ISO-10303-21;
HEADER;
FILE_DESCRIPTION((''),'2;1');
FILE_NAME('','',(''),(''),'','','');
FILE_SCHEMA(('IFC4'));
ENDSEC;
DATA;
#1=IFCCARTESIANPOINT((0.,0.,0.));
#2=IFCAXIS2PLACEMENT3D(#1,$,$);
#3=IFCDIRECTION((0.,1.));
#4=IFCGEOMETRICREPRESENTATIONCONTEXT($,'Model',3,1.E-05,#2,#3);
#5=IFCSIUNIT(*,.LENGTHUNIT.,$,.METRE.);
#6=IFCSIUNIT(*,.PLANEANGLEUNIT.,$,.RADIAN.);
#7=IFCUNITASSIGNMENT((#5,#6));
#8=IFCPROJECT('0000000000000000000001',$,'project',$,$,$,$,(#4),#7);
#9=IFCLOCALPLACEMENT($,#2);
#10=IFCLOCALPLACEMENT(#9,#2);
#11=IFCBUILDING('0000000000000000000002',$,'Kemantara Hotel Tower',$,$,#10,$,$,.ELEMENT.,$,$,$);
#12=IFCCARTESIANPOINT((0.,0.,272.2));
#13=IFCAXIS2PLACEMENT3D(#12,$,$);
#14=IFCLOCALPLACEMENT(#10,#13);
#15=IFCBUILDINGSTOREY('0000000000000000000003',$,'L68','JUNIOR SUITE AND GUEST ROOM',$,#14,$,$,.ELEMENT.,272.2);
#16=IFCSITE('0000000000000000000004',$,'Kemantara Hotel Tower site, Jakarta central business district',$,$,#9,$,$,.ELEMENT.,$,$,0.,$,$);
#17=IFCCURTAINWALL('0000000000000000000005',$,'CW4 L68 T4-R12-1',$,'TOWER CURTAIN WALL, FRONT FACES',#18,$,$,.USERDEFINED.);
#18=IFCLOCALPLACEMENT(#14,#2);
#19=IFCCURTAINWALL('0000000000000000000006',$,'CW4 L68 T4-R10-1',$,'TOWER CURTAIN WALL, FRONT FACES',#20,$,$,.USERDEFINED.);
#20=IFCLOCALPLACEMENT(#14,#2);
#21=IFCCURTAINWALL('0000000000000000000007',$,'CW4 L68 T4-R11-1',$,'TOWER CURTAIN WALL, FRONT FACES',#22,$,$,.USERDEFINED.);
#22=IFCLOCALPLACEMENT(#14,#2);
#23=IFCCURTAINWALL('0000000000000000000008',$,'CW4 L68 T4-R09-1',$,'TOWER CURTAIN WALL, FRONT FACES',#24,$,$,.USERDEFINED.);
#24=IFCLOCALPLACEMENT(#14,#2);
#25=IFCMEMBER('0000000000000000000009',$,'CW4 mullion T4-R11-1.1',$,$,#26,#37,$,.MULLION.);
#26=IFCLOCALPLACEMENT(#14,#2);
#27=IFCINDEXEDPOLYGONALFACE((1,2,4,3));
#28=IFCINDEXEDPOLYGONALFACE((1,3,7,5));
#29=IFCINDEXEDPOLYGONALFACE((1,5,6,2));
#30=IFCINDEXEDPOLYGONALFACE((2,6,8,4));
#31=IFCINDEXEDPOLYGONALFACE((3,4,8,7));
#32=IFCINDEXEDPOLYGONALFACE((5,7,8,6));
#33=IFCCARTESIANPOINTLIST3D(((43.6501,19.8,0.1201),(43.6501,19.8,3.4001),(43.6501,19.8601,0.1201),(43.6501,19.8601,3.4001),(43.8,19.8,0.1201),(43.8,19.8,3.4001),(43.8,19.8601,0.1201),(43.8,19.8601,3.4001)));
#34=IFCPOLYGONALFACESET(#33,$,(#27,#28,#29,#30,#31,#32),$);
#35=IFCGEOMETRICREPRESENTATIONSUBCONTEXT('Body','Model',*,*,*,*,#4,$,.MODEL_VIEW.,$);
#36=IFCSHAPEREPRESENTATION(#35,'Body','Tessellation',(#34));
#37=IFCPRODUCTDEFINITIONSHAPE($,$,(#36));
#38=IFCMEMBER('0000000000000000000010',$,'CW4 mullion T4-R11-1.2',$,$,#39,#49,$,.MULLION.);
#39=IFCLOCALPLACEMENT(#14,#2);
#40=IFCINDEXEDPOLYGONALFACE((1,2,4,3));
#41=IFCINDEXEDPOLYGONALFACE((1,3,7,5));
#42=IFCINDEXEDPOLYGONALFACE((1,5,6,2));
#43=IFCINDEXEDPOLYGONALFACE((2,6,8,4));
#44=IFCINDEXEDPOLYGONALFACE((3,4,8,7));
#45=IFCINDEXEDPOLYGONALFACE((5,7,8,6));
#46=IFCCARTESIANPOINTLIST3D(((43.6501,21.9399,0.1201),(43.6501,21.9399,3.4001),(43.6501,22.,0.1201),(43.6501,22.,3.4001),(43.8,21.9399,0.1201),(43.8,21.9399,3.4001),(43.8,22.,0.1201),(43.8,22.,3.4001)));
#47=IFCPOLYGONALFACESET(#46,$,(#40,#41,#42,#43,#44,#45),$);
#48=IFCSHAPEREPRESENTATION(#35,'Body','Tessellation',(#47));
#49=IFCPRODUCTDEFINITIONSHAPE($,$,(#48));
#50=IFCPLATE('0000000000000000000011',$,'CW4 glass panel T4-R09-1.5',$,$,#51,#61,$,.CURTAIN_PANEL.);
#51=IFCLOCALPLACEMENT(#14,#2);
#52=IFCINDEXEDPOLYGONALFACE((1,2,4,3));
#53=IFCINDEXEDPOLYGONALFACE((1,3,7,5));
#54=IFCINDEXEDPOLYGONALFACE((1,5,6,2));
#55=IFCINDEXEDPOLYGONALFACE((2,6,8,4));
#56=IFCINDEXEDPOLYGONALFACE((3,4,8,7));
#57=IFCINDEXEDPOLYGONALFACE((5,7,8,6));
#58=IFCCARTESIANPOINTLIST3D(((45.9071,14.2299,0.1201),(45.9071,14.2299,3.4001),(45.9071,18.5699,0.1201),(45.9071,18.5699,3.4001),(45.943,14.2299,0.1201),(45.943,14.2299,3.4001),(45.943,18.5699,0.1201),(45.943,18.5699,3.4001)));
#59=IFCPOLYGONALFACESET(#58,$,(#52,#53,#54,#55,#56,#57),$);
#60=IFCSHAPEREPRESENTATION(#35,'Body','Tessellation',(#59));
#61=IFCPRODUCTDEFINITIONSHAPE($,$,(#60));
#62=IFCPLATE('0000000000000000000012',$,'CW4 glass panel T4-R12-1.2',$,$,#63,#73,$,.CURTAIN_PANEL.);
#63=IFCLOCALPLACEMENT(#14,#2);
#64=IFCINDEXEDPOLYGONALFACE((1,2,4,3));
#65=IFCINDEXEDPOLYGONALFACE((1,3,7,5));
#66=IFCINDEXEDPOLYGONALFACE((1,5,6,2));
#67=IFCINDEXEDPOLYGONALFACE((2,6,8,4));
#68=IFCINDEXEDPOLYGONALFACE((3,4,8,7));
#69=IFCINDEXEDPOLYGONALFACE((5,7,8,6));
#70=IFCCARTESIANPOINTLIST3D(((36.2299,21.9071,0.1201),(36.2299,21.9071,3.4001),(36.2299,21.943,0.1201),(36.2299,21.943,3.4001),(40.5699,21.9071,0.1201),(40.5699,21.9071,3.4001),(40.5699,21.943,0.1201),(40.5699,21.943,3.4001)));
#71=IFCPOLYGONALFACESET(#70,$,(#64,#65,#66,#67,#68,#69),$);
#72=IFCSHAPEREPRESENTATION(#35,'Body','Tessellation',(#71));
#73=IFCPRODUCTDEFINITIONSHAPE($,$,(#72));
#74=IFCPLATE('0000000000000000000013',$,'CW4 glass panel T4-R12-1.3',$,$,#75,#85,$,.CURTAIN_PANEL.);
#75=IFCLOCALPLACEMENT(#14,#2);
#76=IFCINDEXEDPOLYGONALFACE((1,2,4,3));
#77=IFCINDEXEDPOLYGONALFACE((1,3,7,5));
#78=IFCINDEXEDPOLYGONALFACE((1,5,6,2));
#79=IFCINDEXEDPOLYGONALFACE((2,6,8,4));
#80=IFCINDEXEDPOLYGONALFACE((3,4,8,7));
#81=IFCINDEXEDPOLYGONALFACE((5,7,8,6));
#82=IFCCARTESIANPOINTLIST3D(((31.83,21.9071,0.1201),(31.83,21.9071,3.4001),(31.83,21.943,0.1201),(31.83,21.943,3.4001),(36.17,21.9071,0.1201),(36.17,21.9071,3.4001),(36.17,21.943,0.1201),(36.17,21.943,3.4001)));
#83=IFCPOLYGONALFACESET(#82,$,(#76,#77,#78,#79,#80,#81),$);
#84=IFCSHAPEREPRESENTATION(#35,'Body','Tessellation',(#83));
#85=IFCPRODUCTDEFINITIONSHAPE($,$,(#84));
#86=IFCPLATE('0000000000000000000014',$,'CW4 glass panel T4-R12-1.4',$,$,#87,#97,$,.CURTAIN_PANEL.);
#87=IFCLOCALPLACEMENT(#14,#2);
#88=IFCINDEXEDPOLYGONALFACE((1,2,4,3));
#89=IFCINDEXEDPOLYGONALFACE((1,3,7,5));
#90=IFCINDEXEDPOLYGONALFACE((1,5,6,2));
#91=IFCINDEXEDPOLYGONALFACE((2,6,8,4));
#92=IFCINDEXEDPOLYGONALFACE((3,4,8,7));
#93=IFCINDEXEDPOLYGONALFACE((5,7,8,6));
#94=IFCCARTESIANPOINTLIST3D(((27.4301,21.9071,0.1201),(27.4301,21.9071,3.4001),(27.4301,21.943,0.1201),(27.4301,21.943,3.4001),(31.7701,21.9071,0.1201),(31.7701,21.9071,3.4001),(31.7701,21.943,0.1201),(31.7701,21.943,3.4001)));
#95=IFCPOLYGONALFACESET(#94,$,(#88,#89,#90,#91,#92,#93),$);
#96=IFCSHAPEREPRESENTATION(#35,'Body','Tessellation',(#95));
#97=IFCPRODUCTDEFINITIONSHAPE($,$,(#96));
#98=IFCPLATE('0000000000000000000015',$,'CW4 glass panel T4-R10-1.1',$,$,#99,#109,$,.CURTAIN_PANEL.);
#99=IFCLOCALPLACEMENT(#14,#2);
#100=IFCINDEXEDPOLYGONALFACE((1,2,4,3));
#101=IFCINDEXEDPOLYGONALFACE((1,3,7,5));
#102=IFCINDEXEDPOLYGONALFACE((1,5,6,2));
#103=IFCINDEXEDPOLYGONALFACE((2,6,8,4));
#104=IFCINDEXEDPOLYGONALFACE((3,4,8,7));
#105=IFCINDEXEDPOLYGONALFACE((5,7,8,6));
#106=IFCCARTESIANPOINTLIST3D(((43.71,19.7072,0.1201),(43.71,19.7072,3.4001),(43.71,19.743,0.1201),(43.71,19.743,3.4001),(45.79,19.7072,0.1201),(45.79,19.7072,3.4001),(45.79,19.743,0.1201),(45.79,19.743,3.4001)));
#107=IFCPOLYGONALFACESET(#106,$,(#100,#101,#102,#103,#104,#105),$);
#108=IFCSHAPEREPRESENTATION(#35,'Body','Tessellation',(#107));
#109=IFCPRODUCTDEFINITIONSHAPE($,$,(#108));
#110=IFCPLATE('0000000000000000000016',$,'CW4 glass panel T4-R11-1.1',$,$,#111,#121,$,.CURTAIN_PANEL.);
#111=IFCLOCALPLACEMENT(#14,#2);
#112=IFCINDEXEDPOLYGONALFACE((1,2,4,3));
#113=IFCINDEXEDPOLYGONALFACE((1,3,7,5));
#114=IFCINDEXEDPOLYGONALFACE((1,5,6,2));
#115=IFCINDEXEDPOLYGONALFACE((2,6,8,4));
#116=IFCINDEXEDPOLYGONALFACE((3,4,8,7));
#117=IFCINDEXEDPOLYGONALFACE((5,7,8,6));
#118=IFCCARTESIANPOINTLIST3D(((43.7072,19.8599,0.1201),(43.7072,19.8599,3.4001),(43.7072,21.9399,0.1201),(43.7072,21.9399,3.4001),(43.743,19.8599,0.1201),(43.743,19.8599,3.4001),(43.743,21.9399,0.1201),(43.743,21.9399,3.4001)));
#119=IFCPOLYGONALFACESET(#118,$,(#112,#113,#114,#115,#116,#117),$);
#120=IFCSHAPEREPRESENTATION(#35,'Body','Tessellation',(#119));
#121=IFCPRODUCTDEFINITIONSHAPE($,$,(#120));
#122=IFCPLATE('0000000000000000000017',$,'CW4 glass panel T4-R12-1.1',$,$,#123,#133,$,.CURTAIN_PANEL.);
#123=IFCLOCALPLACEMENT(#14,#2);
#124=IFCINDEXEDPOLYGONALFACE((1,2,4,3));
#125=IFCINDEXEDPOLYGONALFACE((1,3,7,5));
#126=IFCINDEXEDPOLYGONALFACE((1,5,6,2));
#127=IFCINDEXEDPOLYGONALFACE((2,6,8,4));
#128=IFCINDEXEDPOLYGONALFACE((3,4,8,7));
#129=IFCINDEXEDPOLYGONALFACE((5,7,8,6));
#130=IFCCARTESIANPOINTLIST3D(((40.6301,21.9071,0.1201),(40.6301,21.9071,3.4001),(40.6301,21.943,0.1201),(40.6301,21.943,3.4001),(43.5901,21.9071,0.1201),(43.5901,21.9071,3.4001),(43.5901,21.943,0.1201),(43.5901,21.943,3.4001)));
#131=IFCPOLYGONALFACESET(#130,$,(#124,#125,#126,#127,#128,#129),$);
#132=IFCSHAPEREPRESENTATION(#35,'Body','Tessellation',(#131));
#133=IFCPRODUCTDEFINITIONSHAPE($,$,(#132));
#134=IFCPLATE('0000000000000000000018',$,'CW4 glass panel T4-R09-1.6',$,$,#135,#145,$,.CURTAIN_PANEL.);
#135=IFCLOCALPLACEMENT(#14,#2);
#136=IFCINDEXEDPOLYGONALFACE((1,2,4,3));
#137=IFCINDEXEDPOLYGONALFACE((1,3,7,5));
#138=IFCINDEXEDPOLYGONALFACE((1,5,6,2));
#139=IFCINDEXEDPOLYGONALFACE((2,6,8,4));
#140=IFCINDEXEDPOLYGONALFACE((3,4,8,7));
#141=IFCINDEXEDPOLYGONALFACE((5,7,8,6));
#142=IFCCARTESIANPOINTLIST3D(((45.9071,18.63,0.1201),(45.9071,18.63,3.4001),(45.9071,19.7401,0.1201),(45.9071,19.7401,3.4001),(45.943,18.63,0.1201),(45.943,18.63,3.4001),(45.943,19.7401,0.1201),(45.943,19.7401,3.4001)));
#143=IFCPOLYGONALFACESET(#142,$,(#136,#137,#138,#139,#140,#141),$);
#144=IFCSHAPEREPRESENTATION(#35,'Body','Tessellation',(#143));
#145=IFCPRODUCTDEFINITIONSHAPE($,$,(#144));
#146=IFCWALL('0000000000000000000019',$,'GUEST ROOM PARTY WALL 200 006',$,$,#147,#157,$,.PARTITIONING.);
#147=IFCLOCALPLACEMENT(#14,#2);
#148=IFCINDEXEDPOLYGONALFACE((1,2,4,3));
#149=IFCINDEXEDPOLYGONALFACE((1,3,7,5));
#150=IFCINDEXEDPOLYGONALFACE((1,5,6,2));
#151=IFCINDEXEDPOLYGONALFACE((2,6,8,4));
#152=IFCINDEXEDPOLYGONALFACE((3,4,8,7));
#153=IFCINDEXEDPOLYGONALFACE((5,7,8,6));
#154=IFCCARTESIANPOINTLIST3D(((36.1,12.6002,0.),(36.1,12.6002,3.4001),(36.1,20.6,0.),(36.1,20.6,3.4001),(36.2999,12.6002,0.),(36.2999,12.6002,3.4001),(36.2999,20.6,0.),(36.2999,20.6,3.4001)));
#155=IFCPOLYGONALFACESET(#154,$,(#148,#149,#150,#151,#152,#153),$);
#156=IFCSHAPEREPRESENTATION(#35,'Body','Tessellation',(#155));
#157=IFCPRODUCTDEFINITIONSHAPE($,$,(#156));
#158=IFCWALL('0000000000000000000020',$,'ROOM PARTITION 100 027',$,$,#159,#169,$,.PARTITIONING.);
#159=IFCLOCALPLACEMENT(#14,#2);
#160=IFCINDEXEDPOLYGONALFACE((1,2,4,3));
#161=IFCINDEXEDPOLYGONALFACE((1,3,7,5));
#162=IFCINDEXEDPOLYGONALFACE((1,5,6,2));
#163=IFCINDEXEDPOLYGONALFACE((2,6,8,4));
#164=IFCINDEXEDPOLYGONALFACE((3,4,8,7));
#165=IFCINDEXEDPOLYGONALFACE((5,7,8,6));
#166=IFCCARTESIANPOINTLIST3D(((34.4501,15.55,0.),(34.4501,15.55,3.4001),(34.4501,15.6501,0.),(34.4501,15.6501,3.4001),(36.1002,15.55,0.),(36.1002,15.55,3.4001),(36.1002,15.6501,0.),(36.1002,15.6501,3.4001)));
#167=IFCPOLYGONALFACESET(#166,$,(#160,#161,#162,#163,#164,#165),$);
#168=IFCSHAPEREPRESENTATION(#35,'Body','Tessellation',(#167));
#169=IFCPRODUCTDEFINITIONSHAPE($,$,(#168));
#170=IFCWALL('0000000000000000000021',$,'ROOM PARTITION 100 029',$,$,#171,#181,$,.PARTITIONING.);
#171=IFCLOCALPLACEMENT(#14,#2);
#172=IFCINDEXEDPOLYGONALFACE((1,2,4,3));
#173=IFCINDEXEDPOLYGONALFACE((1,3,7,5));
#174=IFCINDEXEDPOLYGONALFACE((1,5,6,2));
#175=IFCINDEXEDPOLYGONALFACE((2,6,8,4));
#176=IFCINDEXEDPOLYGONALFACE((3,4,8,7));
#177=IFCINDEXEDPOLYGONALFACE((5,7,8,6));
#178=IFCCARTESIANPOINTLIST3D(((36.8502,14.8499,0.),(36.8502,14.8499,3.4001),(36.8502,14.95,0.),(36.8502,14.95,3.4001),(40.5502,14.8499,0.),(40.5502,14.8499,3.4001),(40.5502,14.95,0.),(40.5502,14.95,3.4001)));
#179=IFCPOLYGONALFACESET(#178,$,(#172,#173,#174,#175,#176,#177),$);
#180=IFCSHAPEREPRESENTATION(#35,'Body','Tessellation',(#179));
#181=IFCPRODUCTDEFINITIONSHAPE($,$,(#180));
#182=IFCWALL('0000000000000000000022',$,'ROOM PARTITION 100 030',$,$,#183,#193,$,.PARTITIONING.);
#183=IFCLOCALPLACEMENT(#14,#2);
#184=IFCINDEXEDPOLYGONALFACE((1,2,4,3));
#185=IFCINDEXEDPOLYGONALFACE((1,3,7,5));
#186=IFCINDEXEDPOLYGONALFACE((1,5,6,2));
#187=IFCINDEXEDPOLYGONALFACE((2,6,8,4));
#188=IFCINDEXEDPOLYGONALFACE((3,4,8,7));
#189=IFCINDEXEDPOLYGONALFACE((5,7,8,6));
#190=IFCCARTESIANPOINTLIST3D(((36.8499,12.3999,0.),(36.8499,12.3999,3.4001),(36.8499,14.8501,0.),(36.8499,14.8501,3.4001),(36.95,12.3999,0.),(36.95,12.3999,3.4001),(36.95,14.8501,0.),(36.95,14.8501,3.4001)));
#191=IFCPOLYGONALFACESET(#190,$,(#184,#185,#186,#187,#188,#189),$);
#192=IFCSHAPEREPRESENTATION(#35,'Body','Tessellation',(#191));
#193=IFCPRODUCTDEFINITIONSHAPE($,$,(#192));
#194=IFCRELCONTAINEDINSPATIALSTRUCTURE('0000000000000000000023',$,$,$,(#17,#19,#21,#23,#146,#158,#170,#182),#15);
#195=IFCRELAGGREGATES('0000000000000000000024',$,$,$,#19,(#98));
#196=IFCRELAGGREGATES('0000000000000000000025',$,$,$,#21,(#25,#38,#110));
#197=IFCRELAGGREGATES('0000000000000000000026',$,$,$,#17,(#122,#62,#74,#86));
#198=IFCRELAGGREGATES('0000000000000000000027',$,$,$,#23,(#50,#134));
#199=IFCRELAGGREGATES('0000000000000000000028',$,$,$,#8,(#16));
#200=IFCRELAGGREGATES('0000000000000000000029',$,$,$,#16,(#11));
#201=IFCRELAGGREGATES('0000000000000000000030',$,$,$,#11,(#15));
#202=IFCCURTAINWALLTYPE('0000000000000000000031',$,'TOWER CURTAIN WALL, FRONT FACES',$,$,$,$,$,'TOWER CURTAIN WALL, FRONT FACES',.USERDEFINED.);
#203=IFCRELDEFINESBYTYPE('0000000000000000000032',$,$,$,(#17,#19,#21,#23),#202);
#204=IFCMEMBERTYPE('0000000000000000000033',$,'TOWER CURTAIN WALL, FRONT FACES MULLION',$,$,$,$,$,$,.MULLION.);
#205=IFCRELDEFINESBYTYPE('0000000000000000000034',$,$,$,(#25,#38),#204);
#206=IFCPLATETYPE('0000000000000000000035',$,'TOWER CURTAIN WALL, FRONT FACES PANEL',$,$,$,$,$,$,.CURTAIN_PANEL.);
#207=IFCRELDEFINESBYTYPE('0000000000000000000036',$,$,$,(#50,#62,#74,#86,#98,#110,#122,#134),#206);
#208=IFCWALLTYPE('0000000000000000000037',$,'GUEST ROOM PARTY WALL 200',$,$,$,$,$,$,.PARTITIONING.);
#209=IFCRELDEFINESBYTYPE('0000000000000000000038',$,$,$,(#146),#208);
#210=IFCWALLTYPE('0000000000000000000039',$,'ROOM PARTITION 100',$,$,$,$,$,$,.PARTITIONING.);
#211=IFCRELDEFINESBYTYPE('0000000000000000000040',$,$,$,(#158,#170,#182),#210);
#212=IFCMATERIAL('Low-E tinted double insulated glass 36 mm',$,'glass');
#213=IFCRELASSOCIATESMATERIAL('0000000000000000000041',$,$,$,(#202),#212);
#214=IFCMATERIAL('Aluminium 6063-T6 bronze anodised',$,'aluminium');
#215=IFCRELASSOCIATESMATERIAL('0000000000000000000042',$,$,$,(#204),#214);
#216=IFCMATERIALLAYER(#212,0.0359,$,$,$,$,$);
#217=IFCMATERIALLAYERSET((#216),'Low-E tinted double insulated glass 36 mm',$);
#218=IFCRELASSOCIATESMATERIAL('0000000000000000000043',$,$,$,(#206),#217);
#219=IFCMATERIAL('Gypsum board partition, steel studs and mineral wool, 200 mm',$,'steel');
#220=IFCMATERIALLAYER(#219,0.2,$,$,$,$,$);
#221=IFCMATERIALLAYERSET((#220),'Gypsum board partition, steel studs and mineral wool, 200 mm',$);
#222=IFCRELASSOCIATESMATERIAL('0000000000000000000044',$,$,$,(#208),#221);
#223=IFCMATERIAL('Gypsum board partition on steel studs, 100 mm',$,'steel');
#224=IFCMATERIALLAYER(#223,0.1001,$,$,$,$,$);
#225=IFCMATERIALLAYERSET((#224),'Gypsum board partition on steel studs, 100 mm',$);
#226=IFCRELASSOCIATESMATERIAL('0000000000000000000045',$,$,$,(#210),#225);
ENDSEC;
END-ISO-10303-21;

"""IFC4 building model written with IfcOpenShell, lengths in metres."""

from ifc_helpers import new_model, si_unit, direction, frame, frame_2d, origin, origin_2d, place, context, subcontext, project, spatial, rectangle, extrude, source, transform, mapped, material, layer, layer_set, material_profile, profile_set, type_object, element, aggregate, save


model = new_model("IFC4")

# Units and contexts
model_context = context("Model", 3, precision=1e-05, world=origin(), true_north=direction((0.0, 1.0)))
body_context = subcontext(model_context, "Body", "Model", "MODEL_VIEW")
ifc_project = project(units=[si_unit("LENGTHUNIT", "METRE"), si_unit("PLANEANGLEUNIT", "RADIAN")], contexts=[model_context])

# Site, building, storey
site_placement = place(None, origin())
site = spatial("IfcSite", under=ifc_project, at=site_placement, Name="Kemantara Hotel Tower site, Jakarta central business district", CompositionType="ELEMENT", RefElevation=0.0)
building_placement = place(site_placement, origin())
building = spatial("IfcBuilding", under=site, at=building_placement, Name="Kemantara Hotel Tower", CompositionType="ELEMENT")
storey_placement = place(building_placement, frame((0.0, 0.0, 272.2)))
storey = spatial("IfcBuildingStorey", under=building, at=storey_placement, Name="L68", Description="JUNIOR SUITE AND GUEST ROOM", CompositionType="ELEMENT", Elevation=272.2)

# Curtain walls
ifc_material_1 = material(Name="Low-E tinted double insulated glass 36 mm", Category="glass")
curtain_wall_type = type_object("IfcCurtainWallType", Name="TOWER CURTAIN WALL, FRONT FACES", ElementType="TOWER CURTAIN WALL, FRONT FACES", PredefinedType="USERDEFINED", material=ifc_material_1)
curtain_wall_1_placement = place(storey_placement, origin())
curtain_wall_1 = element("IfcCurtainWall", 1, at=curtain_wall_1_placement, inside=storey, type_object=curtain_wall_type, Name="CW4 L68 T4-R12-1", ObjectType="TOWER CURTAIN WALL, FRONT FACES", PredefinedType="USERDEFINED")
ifc_material_2 = material(Name="Aluminium 6063-T6 bronze anodised", Category="aluminium")
curtain_wall_2_placement = place(storey_placement, origin())
curtain_wall_2 = element("IfcCurtainWall", 2, at=curtain_wall_2_placement, inside=storey, type_object=curtain_wall_type, Name="CW4 L68 T4-R10-1", ObjectType="TOWER CURTAIN WALL, FRONT FACES", PredefinedType="USERDEFINED")
curtain_wall_3_placement = place(storey_placement, origin())
curtain_wall_3 = element("IfcCurtainWall", 3, at=curtain_wall_3_placement, inside=storey, type_object=curtain_wall_type, Name="CW4 L68 T4-R11-1", ObjectType="TOWER CURTAIN WALL, FRONT FACES", PredefinedType="USERDEFINED")

# Curtain wall
curtain_wall_4_placement = place(storey_placement, origin())
curtain_wall_4 = element("IfcCurtainWall", 4, at=curtain_wall_4_placement, inside=storey, type_object=curtain_wall_type, Name="CW4 L68 T4-R09-1", ObjectType="TOWER CURTAIN WALL, FRONT FACES", PredefinedType="USERDEFINED")
ifc_material_profile_1 = material_profile(ifc_material_2, rectangle(XDim=0.1499, YDim=0.0601, at=origin_2d()), Name="TOWER CURTAIN WALL, FRONT FACES MULLION")
ifc_profile_set_1 = profile_set([ifc_material_profile_1], Name="Aluminium 6063-T6 bronze anodised")
member_type_1 = type_object("IfcMemberType", Name="TOWER CURTAIN WALL, FRONT FACES MULLION", PredefinedType="MULLION", material=ifc_profile_set_1)
shared_shape_1 = source(origin(), body_context, "Body", "SweptSolid", [
    extrude(rectangle(XDim=0.1499, YDim=0.0601, at=origin_2d()), origin(), (0.0, 0.0, 1.0), 3.28),
])

# Members
member_1_placement = place(storey_placement, frame((43.7251, 19.8301, 0.1201), z_axis=(0.0, 0.0, 1.0), x_axis=(-1.0, 0.0, 0.0)))
member_1 = element("IfcMember", 5, at=member_1_placement, type_object=member_type_1, Name="CW4 mullion T4-R11-1.1", PredefinedType="MULLION", context=body_context, shape_type="MappedRepresentation", body=[
    mapped(shared_shape_1, transform((0.0, 0.0, 0.0))),
])
member_2_placement = place(storey_placement, frame((43.7251, 21.97, 0.1201), z_axis=(0.0, 0.0, 1.0), x_axis=(-1.0, 0.0, 0.0)))
member_2 = element("IfcMember", 6, at=member_2_placement, type_object=member_type_1, Name="CW4 mullion T4-R11-1.2", PredefinedType="MULLION", context=body_context, shape_type="MappedRepresentation", body=[
    mapped(shared_shape_1, transform((0.0, 0.0, 0.0))),
])

# Plates
ifc_layer_1 = layer(ifc_material_1, 0.0359)
ifc_layer_set_1 = layer_set([ifc_layer_1], Name="Low-E tinted double insulated glass 36 mm")
plate_type = type_object("IfcPlateType", Name="TOWER CURTAIN WALL, FRONT FACES PANEL", PredefinedType="CURTAIN_PANEL", material=ifc_layer_set_1)
shared_shape_2 = source(origin(), body_context, "Body", "SweptSolid", [
    extrude(rectangle(XDim=4.3401, YDim=0.0359, at=origin_2d()), origin(), (0.0, 0.0, 1.0), 3.28),
])
plate_1_placement = place(storey_placement, frame((45.925, 16.3999, 0.1201), z_axis=(0.0, 0.0, 1.0), x_axis=(0.0, 1.0, 0.0)))
plate_1 = element("IfcPlate", 7, at=plate_1_placement, type_object=plate_type, Name="CW4 glass panel T4-R09-1.5", PredefinedType="CURTAIN_PANEL", context=body_context, shape_type="MappedRepresentation", body=[
    mapped(shared_shape_2, transform((0.0, 0.0, 0.0))),
])
plate_2_placement = place(storey_placement, frame((38.3999, 21.925, 0.1201), z_axis=(0.0, 0.0, 1.0), x_axis=(-1.0, 0.0, 0.0)))
plate_2 = element("IfcPlate", 8, at=plate_2_placement, type_object=plate_type, Name="CW4 glass panel T4-R12-1.2", PredefinedType="CURTAIN_PANEL", context=body_context, shape_type="MappedRepresentation", body=[
    mapped(shared_shape_2, transform((0.0, 0.0, 0.0))),
])
plate_3_placement = place(storey_placement, frame((34.0, 21.925, 0.1201), z_axis=(0.0, 0.0, 1.0), x_axis=(-1.0, 0.0, 0.0)))
plate_3 = element("IfcPlate", 9, at=plate_3_placement, type_object=plate_type, Name="CW4 glass panel T4-R12-1.3", PredefinedType="CURTAIN_PANEL", context=body_context, shape_type="MappedRepresentation", body=[
    mapped(shared_shape_2, transform((0.0, 0.0, 0.0))),
])
plate_4_placement = place(storey_placement, frame((29.6001, 21.925, 0.1201), z_axis=(0.0, 0.0, 1.0), x_axis=(-1.0, 0.0, 0.0)))
plate_4 = element("IfcPlate", 10, at=plate_4_placement, type_object=plate_type, Name="CW4 glass panel T4-R12-1.4", PredefinedType="CURTAIN_PANEL", context=body_context, shape_type="MappedRepresentation", body=[
    mapped(shared_shape_2, transform((0.0, 0.0, 0.0))),
])
shared_shape_3 = source(origin(), body_context, "Body", "SweptSolid", [
    extrude(rectangle(XDim=2.0801, YDim=0.0359, at=origin_2d()), origin(), (0.0, 0.0, 1.0), 3.28),
])
plate_5_placement = place(storey_placement, frame((44.75, 19.7251, 0.1201), z_axis=(0.0, 0.0, 1.0), x_axis=(-1.0, 0.0, 0.0)))
plate_5 = element("IfcPlate", 11, at=plate_5_placement, type_object=plate_type, Name="CW4 glass panel T4-R10-1.1", PredefinedType="CURTAIN_PANEL", context=body_context, shape_type="MappedRepresentation", body=[
    mapped(shared_shape_3, transform((0.0, 0.0, 0.0))),
])
aggregate(curtain_wall_2, [plate_5])
plate_6_placement = place(storey_placement, frame((43.7251, 20.8999, 0.1201), z_axis=(0.0, 0.0, 1.0), x_axis=(0.0, 1.0, 0.0)))
plate_6 = element("IfcPlate", 12, at=plate_6_placement, type_object=plate_type, Name="CW4 glass panel T4-R11-1.1", PredefinedType="CURTAIN_PANEL", context=body_context, shape_type="MappedRepresentation", body=[
    mapped(shared_shape_3, transform((0.0, 0.0, 0.0))),
])
aggregate(curtain_wall_3, [member_1, member_2, plate_6])
shared_shape_4 = source(origin(), body_context, "Body", "SweptSolid", [
    extrude(rectangle(XDim=2.96, YDim=0.0359, at=origin_2d()), origin(), (0.0, 0.0, 1.0), 3.28),
])
plate_7_placement = place(storey_placement, frame((42.1101, 21.925, 0.1201), z_axis=(0.0, 0.0, 1.0), x_axis=(-1.0, 0.0, 0.0)))
plate_7 = element("IfcPlate", 13, at=plate_7_placement, type_object=plate_type, Name="CW4 glass panel T4-R12-1.1", PredefinedType="CURTAIN_PANEL", context=body_context, shape_type="MappedRepresentation", body=[
    mapped(shared_shape_4, transform((0.0, 0.0, 0.0))),
])
aggregate(curtain_wall_1, [plate_7, plate_2, plate_3, plate_4])
shared_shape_5 = source(origin(), body_context, "Body", "SweptSolid", [
    extrude(rectangle(XDim=1.1101, YDim=0.0359, at=origin_2d()), origin(), (0.0, 0.0, 1.0), 3.28),
])
plate_8_placement = place(storey_placement, frame((45.925, 19.1851, 0.1201), z_axis=(0.0, 0.0, 1.0), x_axis=(0.0, 1.0, 0.0)))
plate_8 = element("IfcPlate", 14, at=plate_8_placement, type_object=plate_type, Name="CW4 glass panel T4-R09-1.6", PredefinedType="CURTAIN_PANEL", context=body_context, shape_type="MappedRepresentation", body=[
    mapped(shared_shape_5, transform((0.0, 0.0, 0.0))),
])
aggregate(curtain_wall_4, [plate_1, plate_8])

# Walls
ifc_material_3 = material(Name="Gypsum board partition, steel studs and mineral wool, 200 mm", Category="steel")
ifc_layer_2 = layer(ifc_material_3, 0.2)
ifc_layer_set_2 = layer_set([ifc_layer_2], Name="Gypsum board partition, steel studs and mineral wool, 200 mm")
wall_type_1 = type_object("IfcWallType", Name="GUEST ROOM PARTY WALL 200", PredefinedType="PARTITIONING", material=ifc_layer_set_2)
wall_1_placement = place(storey_placement, frame((36.2, 12.6001, 0.0), z_axis=(0.0, 0.0, 1.0), x_axis=(0.0, 1.0, 0.0)))
element("IfcWall", 15, at=wall_1_placement, inside=storey, type_object=wall_type_1, Name="GUEST ROOM PARTY WALL 200 006", PredefinedType="PARTITIONING", context=body_context, shape_type="SweptSolid", body=[
    extrude(rectangle(XDim=7.9998, YDim=0.2, at=frame_2d((4.0, 0.0))), origin(), (0.0, 0.0, 1.0), 3.4001),
])
ifc_material_4 = material(Name="Gypsum board partition on steel studs, 100 mm", Category="steel")
ifc_layer_3 = layer(ifc_material_4, 0.1001)
ifc_layer_set_3 = layer_set([ifc_layer_3], Name="Gypsum board partition on steel studs, 100 mm")
wall_type_2 = type_object("IfcWallType", Name="ROOM PARTITION 100", PredefinedType="PARTITIONING", material=ifc_layer_set_3)
wall_2_placement = place(storey_placement, frame((34.45, 15.6001, 0.0), z_axis=(0.0, 0.0, 1.0), x_axis=(1.0, 0.0, 0.0)))
element("IfcWall", 16, at=wall_2_placement, inside=storey, type_object=wall_type_2, Name="ROOM PARTITION 100 027", PredefinedType="PARTITIONING", context=body_context, shape_type="SweptSolid", body=[
    extrude(rectangle(XDim=1.6501, YDim=0.1001, at=frame_2d((0.8252, 0.0))), origin(), (0.0, 0.0, 1.0), 3.4001),
])
wall_3_placement = place(storey_placement, frame((36.8501, 14.8999, 0.0), z_axis=(0.0, 0.0, 1.0), x_axis=(1.0, 0.0, 0.0)))
element("IfcWall", 17, at=wall_3_placement, inside=storey, type_object=wall_type_2, Name="ROOM PARTITION 100 029", PredefinedType="PARTITIONING", context=body_context, shape_type="SweptSolid", body=[
    extrude(rectangle(XDim=3.7, YDim=0.1001, at=frame_2d((1.8501, 0.0))), origin(), (0.0, 0.0, 1.0), 3.4001),
])
wall_4_placement = place(storey_placement, frame((36.8999, 12.3999, 0.0), z_axis=(0.0, 0.0, 1.0), x_axis=(0.0, 1.0, 0.0)))
element("IfcWall", 18, at=wall_4_placement, inside=storey, type_object=wall_type_2, Name="ROOM PARTITION 100 030", PredefinedType="PARTITIONING", context=body_context, shape_type="SweptSolid", body=[
    extrude(rectangle(XDim=2.4502, YDim=0.1001, at=frame_2d((1.2251, 0.0))), origin(), (0.0, 0.0, 1.0), 3.4001),
])

save(model, "model.ifc")
